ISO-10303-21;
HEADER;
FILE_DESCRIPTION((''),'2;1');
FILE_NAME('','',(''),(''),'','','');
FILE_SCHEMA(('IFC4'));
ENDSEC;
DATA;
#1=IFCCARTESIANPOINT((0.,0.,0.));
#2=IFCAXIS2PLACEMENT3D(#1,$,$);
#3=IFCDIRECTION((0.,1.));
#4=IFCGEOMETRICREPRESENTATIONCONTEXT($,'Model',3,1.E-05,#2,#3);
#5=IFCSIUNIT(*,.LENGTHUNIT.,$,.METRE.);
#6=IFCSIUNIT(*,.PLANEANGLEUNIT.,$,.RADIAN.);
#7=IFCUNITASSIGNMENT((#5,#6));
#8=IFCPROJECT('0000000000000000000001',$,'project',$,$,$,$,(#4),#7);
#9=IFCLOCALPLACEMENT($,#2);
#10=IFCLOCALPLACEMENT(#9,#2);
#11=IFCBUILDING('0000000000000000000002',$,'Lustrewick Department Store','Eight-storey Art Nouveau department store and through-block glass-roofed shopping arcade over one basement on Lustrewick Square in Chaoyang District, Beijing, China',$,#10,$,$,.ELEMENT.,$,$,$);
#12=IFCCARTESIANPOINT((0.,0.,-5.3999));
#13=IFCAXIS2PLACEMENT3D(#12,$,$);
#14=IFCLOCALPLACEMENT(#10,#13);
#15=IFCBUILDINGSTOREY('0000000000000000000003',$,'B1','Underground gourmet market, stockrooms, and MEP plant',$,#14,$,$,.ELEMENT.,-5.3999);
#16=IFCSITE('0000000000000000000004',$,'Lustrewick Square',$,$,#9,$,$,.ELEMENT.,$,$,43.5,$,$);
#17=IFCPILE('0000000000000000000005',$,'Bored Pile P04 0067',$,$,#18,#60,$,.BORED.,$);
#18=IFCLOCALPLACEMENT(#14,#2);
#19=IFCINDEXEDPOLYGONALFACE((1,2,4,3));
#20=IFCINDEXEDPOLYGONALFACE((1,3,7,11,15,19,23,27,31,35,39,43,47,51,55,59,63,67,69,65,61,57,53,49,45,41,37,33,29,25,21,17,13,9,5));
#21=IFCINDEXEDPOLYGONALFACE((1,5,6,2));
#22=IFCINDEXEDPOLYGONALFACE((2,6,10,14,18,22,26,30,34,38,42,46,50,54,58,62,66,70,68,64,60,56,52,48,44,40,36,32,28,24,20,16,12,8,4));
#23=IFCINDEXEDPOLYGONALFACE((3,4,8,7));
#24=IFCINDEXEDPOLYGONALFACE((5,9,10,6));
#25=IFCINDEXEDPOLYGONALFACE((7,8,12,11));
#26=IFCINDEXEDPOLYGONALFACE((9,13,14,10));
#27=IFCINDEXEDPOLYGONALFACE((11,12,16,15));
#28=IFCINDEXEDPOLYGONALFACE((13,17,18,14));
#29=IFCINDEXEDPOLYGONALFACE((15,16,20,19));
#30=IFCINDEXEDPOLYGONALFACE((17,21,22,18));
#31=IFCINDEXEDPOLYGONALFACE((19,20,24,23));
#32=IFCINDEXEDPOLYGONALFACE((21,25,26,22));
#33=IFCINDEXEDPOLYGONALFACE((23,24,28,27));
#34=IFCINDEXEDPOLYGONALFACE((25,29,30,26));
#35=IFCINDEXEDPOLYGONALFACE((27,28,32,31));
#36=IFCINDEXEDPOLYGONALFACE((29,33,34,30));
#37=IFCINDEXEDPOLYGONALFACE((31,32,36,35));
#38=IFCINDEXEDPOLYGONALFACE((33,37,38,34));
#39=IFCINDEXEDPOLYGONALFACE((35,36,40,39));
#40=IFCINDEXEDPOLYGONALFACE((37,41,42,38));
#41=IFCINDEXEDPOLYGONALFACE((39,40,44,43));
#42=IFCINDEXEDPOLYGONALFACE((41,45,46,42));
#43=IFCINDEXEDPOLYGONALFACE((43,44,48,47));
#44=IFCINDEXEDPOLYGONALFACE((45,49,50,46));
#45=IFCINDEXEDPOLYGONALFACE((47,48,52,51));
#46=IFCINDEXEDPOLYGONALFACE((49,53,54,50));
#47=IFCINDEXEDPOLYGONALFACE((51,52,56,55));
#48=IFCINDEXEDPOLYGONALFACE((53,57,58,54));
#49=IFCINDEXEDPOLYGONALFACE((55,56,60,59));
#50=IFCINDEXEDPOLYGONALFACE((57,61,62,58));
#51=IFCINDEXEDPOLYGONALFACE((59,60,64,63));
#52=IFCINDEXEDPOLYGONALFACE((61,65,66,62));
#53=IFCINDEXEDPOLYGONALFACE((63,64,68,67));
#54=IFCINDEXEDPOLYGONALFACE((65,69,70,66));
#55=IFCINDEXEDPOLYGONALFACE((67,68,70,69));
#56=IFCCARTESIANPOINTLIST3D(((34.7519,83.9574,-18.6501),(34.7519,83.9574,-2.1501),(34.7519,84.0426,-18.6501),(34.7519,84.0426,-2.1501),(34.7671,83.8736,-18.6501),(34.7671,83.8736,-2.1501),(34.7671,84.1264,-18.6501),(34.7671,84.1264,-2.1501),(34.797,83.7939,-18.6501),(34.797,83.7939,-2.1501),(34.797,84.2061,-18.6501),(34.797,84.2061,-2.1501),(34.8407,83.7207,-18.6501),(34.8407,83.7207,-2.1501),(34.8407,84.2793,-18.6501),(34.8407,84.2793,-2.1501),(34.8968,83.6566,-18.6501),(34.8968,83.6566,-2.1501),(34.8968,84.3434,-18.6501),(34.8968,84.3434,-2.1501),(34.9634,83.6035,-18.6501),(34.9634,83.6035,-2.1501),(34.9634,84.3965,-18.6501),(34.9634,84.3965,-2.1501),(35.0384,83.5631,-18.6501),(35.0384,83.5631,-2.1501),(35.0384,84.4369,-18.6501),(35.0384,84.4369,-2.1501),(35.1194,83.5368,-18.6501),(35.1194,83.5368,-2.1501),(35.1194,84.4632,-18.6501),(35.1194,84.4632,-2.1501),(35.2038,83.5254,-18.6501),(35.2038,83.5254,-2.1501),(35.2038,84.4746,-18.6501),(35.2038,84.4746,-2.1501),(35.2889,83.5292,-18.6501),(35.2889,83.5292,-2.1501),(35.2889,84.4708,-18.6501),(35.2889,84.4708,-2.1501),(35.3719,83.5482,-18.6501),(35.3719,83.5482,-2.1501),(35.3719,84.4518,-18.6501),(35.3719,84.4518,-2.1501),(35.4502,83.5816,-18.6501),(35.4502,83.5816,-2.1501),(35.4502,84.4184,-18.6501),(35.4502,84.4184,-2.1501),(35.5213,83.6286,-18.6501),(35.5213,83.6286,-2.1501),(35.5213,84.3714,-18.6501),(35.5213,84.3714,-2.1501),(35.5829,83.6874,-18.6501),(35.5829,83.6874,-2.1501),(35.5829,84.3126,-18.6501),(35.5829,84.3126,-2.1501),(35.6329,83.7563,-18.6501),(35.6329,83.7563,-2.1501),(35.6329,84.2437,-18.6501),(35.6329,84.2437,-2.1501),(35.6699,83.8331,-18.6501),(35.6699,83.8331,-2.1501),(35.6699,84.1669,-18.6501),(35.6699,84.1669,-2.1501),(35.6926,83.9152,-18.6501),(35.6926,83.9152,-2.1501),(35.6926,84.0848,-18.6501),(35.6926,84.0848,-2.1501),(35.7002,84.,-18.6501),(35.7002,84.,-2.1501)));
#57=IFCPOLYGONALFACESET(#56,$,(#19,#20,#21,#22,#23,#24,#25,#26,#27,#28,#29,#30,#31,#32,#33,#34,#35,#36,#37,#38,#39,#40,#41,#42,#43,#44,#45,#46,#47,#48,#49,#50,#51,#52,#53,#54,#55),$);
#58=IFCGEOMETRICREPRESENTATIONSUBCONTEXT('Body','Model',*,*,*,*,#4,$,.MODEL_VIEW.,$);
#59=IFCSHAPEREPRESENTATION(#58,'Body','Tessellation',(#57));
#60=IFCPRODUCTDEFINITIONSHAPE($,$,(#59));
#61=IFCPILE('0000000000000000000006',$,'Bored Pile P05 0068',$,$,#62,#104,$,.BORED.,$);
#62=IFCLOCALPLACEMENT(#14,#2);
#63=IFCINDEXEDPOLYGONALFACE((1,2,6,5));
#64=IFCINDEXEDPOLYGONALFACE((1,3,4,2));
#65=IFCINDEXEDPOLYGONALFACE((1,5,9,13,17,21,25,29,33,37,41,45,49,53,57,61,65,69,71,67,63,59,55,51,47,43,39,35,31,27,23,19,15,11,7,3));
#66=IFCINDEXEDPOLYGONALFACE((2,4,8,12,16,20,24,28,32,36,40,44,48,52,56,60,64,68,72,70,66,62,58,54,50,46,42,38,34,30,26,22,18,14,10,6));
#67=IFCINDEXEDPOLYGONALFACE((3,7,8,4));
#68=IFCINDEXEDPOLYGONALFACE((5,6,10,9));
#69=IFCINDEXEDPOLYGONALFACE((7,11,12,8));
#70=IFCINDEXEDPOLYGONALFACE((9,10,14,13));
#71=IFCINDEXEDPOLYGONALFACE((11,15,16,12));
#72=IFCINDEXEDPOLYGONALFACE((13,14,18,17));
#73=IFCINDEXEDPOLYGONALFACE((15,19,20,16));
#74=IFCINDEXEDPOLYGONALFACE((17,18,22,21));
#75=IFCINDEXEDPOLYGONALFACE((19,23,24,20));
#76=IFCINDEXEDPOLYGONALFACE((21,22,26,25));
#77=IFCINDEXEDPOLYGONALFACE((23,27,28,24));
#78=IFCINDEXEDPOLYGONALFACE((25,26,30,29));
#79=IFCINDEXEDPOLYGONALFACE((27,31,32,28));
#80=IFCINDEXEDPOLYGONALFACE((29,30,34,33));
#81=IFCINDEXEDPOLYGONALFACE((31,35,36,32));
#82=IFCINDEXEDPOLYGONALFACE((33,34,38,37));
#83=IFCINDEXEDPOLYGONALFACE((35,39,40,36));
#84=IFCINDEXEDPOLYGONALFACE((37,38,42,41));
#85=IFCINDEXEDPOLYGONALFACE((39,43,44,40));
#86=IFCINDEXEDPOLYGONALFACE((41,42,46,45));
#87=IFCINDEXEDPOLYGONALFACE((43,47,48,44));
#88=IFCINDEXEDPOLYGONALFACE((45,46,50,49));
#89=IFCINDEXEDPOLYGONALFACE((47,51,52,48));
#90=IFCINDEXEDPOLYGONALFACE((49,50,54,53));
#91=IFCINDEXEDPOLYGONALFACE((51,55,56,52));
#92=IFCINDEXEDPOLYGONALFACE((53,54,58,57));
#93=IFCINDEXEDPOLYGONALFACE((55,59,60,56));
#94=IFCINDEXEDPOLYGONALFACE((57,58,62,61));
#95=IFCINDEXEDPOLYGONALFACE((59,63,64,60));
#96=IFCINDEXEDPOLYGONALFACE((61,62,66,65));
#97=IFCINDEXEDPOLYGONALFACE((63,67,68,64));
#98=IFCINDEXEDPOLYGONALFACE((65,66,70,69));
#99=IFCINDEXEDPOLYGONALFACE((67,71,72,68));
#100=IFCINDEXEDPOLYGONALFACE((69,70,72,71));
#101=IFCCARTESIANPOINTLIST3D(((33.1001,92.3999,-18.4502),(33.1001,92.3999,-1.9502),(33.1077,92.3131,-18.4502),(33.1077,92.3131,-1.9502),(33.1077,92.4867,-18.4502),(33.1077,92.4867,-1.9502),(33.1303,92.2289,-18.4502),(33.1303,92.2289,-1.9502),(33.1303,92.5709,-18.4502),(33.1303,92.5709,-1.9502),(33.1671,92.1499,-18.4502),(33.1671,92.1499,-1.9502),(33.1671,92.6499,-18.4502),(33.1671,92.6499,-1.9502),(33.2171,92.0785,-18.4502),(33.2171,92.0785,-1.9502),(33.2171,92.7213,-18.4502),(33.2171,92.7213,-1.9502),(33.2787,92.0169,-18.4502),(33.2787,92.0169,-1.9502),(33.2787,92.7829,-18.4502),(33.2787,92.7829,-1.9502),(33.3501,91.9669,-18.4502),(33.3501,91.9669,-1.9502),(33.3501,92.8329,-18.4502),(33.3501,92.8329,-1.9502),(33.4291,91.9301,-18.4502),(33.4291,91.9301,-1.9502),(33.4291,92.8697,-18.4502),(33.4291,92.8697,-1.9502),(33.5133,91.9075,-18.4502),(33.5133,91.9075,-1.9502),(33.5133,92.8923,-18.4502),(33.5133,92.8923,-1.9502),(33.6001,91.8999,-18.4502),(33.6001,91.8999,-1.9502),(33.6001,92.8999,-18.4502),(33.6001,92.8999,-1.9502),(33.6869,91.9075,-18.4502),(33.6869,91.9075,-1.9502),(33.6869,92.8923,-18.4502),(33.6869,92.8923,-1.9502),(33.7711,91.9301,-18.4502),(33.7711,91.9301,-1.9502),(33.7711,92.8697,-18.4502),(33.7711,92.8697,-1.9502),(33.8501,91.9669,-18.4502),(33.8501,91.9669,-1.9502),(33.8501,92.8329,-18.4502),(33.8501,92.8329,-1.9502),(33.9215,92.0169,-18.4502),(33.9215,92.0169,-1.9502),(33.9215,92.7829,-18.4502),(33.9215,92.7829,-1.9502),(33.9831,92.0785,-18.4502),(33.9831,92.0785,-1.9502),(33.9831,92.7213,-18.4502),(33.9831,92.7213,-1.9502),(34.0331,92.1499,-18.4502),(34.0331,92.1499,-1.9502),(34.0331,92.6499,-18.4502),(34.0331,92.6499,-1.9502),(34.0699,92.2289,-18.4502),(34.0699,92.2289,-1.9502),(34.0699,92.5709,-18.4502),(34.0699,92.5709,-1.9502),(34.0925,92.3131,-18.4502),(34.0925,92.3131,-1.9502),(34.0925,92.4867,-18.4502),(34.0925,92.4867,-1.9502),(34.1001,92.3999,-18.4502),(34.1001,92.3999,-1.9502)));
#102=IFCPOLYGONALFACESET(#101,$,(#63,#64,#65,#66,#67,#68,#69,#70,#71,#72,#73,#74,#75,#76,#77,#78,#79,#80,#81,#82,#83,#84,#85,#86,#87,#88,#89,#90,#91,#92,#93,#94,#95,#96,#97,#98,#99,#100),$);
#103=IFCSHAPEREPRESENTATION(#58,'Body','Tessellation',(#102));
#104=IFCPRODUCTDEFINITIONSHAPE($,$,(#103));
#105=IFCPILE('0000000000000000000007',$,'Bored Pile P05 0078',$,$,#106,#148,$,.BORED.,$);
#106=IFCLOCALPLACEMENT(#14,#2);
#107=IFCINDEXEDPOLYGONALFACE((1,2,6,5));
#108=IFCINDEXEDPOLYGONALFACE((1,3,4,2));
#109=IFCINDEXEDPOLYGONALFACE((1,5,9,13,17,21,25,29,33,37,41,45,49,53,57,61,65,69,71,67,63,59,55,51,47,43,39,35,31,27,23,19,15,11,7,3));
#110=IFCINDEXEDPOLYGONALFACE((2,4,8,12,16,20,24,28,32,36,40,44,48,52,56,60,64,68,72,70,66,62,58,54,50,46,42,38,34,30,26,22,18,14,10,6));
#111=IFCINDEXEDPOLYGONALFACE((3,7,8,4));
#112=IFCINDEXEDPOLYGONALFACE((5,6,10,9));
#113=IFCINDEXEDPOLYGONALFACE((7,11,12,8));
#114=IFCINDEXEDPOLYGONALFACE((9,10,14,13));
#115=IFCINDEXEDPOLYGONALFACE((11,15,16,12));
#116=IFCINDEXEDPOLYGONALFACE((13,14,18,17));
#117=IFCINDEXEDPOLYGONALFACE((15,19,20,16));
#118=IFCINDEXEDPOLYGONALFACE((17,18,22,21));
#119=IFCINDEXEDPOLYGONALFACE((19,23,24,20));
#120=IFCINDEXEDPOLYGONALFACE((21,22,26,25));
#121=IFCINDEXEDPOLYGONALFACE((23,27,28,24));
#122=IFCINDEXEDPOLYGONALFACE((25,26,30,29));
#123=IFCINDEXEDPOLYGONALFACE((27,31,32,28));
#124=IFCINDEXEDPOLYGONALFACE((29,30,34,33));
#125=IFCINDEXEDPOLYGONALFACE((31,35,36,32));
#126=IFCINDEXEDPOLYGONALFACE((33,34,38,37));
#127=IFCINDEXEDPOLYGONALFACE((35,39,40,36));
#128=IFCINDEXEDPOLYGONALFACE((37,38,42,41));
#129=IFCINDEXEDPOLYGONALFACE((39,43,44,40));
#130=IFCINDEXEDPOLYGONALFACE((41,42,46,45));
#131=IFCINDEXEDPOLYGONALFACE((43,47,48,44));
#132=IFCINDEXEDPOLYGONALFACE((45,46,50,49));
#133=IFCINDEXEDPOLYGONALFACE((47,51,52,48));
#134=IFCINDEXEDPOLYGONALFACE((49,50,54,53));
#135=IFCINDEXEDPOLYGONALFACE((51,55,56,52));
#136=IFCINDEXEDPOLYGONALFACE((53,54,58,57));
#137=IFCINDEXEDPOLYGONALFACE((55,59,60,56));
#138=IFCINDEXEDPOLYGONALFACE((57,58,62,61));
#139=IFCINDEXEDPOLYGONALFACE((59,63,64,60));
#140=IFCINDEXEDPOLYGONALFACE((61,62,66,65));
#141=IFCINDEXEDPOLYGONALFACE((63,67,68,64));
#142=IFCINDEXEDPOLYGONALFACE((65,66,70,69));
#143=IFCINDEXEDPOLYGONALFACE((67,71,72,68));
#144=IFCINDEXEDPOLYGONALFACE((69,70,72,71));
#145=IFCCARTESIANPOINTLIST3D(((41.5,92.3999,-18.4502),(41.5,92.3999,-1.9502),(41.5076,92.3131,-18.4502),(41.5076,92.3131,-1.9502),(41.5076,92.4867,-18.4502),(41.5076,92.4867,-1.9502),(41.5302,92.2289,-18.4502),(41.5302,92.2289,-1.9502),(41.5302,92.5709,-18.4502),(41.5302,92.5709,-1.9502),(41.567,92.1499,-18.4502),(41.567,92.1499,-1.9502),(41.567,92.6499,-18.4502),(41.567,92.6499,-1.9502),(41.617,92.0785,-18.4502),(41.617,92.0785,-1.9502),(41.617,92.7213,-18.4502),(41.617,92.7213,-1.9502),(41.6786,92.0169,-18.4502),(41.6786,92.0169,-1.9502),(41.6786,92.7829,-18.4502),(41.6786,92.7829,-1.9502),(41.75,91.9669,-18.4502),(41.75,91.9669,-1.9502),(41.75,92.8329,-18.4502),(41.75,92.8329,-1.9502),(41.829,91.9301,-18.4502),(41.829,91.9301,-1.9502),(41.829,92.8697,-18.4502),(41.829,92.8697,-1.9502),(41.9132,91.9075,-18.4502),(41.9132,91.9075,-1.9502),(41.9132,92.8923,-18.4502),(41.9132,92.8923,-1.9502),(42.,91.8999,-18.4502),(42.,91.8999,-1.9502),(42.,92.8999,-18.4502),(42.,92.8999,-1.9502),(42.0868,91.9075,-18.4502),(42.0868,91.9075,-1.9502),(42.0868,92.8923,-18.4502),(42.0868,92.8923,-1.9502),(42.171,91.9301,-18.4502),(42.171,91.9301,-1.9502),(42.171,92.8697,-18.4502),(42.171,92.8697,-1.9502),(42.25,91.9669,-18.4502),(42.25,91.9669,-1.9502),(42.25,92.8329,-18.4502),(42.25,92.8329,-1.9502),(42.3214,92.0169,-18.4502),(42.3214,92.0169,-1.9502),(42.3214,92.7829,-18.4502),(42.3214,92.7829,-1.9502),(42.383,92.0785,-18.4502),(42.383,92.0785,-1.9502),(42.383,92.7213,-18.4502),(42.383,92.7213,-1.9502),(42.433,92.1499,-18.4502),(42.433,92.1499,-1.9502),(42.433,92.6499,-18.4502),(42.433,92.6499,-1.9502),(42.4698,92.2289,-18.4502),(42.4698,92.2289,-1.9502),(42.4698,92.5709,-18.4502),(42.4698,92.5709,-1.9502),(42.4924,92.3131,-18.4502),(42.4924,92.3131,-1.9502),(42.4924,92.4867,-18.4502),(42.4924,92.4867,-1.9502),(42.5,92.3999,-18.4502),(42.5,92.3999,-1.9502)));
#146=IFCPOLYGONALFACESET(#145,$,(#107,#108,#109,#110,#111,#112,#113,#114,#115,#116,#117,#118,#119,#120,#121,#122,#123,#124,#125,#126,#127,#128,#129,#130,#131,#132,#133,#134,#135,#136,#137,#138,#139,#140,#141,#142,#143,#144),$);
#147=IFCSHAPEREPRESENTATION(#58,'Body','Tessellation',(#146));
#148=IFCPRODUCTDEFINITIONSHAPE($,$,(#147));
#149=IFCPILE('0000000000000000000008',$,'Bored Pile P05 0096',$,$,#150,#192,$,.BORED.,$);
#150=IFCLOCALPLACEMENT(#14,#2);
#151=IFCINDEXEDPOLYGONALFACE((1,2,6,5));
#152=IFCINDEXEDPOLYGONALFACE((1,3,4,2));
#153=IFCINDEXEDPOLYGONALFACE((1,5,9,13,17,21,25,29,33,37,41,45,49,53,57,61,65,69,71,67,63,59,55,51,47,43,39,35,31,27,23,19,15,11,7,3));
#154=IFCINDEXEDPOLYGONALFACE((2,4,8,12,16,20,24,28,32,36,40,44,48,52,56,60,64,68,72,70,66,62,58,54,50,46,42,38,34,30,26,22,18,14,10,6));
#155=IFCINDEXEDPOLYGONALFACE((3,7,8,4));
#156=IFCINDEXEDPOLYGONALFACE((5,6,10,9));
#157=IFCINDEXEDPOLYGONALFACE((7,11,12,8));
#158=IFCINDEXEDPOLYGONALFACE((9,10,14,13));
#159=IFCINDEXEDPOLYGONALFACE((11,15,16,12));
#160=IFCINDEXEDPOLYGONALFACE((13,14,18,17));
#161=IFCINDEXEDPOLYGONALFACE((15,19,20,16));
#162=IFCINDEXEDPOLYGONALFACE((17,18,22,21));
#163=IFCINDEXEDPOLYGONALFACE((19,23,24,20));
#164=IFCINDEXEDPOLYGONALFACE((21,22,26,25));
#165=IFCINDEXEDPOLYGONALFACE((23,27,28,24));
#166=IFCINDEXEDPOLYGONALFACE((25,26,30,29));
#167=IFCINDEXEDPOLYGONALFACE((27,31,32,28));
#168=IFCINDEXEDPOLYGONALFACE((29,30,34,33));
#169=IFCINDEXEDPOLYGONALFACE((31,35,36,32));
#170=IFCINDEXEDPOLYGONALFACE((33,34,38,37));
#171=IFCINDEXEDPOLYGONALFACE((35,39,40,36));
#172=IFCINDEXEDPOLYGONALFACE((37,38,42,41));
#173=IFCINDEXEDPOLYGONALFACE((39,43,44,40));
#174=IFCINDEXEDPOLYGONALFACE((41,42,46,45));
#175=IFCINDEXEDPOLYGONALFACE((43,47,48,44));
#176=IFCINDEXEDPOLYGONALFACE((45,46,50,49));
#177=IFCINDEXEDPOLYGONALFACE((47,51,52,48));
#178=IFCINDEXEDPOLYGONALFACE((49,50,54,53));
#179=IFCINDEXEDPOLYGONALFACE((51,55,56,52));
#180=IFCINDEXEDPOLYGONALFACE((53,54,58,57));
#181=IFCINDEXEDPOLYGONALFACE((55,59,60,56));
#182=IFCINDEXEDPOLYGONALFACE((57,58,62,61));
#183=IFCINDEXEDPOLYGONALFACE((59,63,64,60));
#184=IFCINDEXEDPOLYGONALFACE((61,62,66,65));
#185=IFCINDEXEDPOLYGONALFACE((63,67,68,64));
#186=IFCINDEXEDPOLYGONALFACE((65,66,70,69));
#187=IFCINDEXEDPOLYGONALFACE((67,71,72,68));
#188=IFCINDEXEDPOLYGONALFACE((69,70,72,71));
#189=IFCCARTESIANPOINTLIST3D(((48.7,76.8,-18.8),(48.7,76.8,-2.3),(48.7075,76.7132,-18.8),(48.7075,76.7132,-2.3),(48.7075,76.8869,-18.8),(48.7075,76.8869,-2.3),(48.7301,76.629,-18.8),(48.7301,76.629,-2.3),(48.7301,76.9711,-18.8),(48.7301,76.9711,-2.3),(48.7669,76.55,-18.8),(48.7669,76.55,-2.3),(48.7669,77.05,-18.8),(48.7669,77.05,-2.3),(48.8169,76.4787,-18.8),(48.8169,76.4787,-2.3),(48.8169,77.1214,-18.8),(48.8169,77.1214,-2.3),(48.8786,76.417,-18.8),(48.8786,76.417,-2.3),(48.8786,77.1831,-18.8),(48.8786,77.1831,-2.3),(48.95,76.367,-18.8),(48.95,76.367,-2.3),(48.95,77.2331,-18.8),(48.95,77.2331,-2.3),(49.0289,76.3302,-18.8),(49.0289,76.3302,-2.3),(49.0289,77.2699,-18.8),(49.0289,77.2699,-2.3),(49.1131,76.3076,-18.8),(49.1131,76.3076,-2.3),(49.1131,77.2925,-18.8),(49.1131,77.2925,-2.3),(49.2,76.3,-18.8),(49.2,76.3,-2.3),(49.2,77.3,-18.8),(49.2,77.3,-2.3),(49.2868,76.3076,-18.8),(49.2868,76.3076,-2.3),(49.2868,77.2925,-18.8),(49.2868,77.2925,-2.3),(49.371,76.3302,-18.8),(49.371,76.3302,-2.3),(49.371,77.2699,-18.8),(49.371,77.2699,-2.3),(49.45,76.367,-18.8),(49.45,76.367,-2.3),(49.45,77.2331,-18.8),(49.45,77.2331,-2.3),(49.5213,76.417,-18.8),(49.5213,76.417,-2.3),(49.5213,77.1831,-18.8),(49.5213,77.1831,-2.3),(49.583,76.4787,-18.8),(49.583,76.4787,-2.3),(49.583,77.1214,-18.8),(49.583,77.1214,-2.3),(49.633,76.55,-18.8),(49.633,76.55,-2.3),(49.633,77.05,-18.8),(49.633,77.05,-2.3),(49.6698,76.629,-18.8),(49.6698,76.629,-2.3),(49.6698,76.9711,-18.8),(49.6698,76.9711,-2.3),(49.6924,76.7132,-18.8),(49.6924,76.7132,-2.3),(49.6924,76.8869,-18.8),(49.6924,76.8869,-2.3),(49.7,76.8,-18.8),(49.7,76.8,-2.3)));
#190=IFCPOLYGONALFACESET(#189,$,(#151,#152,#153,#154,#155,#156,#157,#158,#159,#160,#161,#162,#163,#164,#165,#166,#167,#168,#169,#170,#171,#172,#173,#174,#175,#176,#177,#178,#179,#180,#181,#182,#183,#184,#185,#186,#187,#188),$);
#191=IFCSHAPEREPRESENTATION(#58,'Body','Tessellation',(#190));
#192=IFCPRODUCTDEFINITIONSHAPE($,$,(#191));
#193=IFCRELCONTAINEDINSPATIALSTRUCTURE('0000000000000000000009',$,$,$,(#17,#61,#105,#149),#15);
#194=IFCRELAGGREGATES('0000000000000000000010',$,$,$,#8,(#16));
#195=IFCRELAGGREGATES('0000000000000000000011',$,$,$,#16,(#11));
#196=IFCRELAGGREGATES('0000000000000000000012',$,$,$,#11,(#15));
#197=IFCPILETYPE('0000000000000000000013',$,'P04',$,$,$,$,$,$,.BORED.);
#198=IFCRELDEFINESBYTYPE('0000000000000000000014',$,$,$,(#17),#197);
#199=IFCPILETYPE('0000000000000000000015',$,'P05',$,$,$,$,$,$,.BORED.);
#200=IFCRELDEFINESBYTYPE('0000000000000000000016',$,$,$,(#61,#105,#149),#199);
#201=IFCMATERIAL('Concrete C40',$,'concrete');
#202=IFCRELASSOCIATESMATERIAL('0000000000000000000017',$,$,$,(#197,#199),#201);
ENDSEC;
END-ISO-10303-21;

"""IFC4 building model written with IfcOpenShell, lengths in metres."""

from ifc_helpers import new_model, si_unit, direction, frame, origin, origin_2d, place, context, subcontext, project, spatial, circle, extrude, material, material_profile, profile_set, type_object, element, save


model = new_model("IFC4")

# Units and contexts
model_context = context("Model", 3, precision=1e-05, world=origin(), true_north=direction((0.0, 1.0)))
body_context = subcontext(model_context, "Body", "Model", "MODEL_VIEW")
ifc_project = project(units=[si_unit("LENGTHUNIT", "METRE"), si_unit("PLANEANGLEUNIT", "RADIAN")], contexts=[model_context])

# Site, building, storey
site_placement = place(None, origin())
site = spatial("IfcSite", under=ifc_project, at=site_placement, Name="Lustrewick Square", CompositionType="ELEMENT", RefElevation=43.5)
building_placement = place(site_placement, origin())
building = spatial("IfcBuilding", under=site, at=building_placement, Name="Lustrewick Department Store", Description="Eight-storey Art Nouveau department store and through-block glass-roofed shopping arcade over one basement on Lustrewick Square in Chaoyang District, Beijing, China", CompositionType="ELEMENT")
storey_placement = place(building_placement, frame((0.0, 0.0, -5.3999)))
storey = spatial("IfcBuildingStorey", under=building, at=storey_placement, Name="B1", Description="Underground gourmet market, stockrooms, and MEP plant", CompositionType="ELEMENT", Elevation=-5.3999)

# Piles
ifc_material_1 = material(Name="Concrete C40", Category="concrete")
ifc_material_profile_1 = material_profile(ifc_material_1, circle(Radius=0.4751, at=origin_2d()), Name="PILE D950")
ifc_profile_set_1 = profile_set([ifc_material_profile_1], Name="Concrete C40")
pile_type_1 = type_object("IfcPileType", Name="P04", PredefinedType="BORED", material=ifc_profile_set_1)
pile_1_placement = place(storey_placement, frame((35.2251, 84.0, -2.1501), z_axis=(0.0, 0.0, -1.0), x_axis=(1.0, 0.0, 0.0)))
element("IfcPile", 1, at=pile_1_placement, inside=storey, type_object=pile_type_1, Name="Bored Pile P04 0067", PredefinedType="BORED", context=body_context, shape_type="SweptSolid", body=[
    extrude(circle(Radius=0.4751, at=origin_2d()), origin(), (0.0, 0.0, 1.0), 16.5),
])
ifc_material_profile_2 = material_profile(ifc_material_1, circle(Radius=0.5, at=origin_2d()), Name="PILE D1000")
ifc_profile_set_2 = profile_set([ifc_material_profile_2], Name="Concrete C40")
pile_type_2 = type_object("IfcPileType", Name="P05", PredefinedType="BORED", material=ifc_profile_set_2)
for number, where, z_axis, x_axis, name in (
    (2, (33.6001, 92.3999, -1.9502), (0.0, 0.0, -1.0), (1.0, 0.0, 0.0), "Bored Pile P05 0068"),
    (3, (42.0, 92.3999, -1.9502), (0.0, 0.0, -1.0), (1.0, 0.0, 0.0), "Bored Pile P05 0078"),
    (4, (49.2, 76.8, -2.3), (0.0, 0.0, -1.0), (1.0, 0.0, 0.0), "Bored Pile P05 0096"),
):
    element("IfcPile", number, at=place(storey_placement, frame(where, z_axis=z_axis, x_axis=x_axis)), inside=storey, type_object=pile_type_2, Name=name, PredefinedType="BORED", context=body_context, shape_type="SweptSolid", body=[
        extrude(circle(Radius=0.5, at=origin_2d()), origin(), (0.0, 0.0, 1.0), 16.5),
    ])

save(model, "model.ifc")
